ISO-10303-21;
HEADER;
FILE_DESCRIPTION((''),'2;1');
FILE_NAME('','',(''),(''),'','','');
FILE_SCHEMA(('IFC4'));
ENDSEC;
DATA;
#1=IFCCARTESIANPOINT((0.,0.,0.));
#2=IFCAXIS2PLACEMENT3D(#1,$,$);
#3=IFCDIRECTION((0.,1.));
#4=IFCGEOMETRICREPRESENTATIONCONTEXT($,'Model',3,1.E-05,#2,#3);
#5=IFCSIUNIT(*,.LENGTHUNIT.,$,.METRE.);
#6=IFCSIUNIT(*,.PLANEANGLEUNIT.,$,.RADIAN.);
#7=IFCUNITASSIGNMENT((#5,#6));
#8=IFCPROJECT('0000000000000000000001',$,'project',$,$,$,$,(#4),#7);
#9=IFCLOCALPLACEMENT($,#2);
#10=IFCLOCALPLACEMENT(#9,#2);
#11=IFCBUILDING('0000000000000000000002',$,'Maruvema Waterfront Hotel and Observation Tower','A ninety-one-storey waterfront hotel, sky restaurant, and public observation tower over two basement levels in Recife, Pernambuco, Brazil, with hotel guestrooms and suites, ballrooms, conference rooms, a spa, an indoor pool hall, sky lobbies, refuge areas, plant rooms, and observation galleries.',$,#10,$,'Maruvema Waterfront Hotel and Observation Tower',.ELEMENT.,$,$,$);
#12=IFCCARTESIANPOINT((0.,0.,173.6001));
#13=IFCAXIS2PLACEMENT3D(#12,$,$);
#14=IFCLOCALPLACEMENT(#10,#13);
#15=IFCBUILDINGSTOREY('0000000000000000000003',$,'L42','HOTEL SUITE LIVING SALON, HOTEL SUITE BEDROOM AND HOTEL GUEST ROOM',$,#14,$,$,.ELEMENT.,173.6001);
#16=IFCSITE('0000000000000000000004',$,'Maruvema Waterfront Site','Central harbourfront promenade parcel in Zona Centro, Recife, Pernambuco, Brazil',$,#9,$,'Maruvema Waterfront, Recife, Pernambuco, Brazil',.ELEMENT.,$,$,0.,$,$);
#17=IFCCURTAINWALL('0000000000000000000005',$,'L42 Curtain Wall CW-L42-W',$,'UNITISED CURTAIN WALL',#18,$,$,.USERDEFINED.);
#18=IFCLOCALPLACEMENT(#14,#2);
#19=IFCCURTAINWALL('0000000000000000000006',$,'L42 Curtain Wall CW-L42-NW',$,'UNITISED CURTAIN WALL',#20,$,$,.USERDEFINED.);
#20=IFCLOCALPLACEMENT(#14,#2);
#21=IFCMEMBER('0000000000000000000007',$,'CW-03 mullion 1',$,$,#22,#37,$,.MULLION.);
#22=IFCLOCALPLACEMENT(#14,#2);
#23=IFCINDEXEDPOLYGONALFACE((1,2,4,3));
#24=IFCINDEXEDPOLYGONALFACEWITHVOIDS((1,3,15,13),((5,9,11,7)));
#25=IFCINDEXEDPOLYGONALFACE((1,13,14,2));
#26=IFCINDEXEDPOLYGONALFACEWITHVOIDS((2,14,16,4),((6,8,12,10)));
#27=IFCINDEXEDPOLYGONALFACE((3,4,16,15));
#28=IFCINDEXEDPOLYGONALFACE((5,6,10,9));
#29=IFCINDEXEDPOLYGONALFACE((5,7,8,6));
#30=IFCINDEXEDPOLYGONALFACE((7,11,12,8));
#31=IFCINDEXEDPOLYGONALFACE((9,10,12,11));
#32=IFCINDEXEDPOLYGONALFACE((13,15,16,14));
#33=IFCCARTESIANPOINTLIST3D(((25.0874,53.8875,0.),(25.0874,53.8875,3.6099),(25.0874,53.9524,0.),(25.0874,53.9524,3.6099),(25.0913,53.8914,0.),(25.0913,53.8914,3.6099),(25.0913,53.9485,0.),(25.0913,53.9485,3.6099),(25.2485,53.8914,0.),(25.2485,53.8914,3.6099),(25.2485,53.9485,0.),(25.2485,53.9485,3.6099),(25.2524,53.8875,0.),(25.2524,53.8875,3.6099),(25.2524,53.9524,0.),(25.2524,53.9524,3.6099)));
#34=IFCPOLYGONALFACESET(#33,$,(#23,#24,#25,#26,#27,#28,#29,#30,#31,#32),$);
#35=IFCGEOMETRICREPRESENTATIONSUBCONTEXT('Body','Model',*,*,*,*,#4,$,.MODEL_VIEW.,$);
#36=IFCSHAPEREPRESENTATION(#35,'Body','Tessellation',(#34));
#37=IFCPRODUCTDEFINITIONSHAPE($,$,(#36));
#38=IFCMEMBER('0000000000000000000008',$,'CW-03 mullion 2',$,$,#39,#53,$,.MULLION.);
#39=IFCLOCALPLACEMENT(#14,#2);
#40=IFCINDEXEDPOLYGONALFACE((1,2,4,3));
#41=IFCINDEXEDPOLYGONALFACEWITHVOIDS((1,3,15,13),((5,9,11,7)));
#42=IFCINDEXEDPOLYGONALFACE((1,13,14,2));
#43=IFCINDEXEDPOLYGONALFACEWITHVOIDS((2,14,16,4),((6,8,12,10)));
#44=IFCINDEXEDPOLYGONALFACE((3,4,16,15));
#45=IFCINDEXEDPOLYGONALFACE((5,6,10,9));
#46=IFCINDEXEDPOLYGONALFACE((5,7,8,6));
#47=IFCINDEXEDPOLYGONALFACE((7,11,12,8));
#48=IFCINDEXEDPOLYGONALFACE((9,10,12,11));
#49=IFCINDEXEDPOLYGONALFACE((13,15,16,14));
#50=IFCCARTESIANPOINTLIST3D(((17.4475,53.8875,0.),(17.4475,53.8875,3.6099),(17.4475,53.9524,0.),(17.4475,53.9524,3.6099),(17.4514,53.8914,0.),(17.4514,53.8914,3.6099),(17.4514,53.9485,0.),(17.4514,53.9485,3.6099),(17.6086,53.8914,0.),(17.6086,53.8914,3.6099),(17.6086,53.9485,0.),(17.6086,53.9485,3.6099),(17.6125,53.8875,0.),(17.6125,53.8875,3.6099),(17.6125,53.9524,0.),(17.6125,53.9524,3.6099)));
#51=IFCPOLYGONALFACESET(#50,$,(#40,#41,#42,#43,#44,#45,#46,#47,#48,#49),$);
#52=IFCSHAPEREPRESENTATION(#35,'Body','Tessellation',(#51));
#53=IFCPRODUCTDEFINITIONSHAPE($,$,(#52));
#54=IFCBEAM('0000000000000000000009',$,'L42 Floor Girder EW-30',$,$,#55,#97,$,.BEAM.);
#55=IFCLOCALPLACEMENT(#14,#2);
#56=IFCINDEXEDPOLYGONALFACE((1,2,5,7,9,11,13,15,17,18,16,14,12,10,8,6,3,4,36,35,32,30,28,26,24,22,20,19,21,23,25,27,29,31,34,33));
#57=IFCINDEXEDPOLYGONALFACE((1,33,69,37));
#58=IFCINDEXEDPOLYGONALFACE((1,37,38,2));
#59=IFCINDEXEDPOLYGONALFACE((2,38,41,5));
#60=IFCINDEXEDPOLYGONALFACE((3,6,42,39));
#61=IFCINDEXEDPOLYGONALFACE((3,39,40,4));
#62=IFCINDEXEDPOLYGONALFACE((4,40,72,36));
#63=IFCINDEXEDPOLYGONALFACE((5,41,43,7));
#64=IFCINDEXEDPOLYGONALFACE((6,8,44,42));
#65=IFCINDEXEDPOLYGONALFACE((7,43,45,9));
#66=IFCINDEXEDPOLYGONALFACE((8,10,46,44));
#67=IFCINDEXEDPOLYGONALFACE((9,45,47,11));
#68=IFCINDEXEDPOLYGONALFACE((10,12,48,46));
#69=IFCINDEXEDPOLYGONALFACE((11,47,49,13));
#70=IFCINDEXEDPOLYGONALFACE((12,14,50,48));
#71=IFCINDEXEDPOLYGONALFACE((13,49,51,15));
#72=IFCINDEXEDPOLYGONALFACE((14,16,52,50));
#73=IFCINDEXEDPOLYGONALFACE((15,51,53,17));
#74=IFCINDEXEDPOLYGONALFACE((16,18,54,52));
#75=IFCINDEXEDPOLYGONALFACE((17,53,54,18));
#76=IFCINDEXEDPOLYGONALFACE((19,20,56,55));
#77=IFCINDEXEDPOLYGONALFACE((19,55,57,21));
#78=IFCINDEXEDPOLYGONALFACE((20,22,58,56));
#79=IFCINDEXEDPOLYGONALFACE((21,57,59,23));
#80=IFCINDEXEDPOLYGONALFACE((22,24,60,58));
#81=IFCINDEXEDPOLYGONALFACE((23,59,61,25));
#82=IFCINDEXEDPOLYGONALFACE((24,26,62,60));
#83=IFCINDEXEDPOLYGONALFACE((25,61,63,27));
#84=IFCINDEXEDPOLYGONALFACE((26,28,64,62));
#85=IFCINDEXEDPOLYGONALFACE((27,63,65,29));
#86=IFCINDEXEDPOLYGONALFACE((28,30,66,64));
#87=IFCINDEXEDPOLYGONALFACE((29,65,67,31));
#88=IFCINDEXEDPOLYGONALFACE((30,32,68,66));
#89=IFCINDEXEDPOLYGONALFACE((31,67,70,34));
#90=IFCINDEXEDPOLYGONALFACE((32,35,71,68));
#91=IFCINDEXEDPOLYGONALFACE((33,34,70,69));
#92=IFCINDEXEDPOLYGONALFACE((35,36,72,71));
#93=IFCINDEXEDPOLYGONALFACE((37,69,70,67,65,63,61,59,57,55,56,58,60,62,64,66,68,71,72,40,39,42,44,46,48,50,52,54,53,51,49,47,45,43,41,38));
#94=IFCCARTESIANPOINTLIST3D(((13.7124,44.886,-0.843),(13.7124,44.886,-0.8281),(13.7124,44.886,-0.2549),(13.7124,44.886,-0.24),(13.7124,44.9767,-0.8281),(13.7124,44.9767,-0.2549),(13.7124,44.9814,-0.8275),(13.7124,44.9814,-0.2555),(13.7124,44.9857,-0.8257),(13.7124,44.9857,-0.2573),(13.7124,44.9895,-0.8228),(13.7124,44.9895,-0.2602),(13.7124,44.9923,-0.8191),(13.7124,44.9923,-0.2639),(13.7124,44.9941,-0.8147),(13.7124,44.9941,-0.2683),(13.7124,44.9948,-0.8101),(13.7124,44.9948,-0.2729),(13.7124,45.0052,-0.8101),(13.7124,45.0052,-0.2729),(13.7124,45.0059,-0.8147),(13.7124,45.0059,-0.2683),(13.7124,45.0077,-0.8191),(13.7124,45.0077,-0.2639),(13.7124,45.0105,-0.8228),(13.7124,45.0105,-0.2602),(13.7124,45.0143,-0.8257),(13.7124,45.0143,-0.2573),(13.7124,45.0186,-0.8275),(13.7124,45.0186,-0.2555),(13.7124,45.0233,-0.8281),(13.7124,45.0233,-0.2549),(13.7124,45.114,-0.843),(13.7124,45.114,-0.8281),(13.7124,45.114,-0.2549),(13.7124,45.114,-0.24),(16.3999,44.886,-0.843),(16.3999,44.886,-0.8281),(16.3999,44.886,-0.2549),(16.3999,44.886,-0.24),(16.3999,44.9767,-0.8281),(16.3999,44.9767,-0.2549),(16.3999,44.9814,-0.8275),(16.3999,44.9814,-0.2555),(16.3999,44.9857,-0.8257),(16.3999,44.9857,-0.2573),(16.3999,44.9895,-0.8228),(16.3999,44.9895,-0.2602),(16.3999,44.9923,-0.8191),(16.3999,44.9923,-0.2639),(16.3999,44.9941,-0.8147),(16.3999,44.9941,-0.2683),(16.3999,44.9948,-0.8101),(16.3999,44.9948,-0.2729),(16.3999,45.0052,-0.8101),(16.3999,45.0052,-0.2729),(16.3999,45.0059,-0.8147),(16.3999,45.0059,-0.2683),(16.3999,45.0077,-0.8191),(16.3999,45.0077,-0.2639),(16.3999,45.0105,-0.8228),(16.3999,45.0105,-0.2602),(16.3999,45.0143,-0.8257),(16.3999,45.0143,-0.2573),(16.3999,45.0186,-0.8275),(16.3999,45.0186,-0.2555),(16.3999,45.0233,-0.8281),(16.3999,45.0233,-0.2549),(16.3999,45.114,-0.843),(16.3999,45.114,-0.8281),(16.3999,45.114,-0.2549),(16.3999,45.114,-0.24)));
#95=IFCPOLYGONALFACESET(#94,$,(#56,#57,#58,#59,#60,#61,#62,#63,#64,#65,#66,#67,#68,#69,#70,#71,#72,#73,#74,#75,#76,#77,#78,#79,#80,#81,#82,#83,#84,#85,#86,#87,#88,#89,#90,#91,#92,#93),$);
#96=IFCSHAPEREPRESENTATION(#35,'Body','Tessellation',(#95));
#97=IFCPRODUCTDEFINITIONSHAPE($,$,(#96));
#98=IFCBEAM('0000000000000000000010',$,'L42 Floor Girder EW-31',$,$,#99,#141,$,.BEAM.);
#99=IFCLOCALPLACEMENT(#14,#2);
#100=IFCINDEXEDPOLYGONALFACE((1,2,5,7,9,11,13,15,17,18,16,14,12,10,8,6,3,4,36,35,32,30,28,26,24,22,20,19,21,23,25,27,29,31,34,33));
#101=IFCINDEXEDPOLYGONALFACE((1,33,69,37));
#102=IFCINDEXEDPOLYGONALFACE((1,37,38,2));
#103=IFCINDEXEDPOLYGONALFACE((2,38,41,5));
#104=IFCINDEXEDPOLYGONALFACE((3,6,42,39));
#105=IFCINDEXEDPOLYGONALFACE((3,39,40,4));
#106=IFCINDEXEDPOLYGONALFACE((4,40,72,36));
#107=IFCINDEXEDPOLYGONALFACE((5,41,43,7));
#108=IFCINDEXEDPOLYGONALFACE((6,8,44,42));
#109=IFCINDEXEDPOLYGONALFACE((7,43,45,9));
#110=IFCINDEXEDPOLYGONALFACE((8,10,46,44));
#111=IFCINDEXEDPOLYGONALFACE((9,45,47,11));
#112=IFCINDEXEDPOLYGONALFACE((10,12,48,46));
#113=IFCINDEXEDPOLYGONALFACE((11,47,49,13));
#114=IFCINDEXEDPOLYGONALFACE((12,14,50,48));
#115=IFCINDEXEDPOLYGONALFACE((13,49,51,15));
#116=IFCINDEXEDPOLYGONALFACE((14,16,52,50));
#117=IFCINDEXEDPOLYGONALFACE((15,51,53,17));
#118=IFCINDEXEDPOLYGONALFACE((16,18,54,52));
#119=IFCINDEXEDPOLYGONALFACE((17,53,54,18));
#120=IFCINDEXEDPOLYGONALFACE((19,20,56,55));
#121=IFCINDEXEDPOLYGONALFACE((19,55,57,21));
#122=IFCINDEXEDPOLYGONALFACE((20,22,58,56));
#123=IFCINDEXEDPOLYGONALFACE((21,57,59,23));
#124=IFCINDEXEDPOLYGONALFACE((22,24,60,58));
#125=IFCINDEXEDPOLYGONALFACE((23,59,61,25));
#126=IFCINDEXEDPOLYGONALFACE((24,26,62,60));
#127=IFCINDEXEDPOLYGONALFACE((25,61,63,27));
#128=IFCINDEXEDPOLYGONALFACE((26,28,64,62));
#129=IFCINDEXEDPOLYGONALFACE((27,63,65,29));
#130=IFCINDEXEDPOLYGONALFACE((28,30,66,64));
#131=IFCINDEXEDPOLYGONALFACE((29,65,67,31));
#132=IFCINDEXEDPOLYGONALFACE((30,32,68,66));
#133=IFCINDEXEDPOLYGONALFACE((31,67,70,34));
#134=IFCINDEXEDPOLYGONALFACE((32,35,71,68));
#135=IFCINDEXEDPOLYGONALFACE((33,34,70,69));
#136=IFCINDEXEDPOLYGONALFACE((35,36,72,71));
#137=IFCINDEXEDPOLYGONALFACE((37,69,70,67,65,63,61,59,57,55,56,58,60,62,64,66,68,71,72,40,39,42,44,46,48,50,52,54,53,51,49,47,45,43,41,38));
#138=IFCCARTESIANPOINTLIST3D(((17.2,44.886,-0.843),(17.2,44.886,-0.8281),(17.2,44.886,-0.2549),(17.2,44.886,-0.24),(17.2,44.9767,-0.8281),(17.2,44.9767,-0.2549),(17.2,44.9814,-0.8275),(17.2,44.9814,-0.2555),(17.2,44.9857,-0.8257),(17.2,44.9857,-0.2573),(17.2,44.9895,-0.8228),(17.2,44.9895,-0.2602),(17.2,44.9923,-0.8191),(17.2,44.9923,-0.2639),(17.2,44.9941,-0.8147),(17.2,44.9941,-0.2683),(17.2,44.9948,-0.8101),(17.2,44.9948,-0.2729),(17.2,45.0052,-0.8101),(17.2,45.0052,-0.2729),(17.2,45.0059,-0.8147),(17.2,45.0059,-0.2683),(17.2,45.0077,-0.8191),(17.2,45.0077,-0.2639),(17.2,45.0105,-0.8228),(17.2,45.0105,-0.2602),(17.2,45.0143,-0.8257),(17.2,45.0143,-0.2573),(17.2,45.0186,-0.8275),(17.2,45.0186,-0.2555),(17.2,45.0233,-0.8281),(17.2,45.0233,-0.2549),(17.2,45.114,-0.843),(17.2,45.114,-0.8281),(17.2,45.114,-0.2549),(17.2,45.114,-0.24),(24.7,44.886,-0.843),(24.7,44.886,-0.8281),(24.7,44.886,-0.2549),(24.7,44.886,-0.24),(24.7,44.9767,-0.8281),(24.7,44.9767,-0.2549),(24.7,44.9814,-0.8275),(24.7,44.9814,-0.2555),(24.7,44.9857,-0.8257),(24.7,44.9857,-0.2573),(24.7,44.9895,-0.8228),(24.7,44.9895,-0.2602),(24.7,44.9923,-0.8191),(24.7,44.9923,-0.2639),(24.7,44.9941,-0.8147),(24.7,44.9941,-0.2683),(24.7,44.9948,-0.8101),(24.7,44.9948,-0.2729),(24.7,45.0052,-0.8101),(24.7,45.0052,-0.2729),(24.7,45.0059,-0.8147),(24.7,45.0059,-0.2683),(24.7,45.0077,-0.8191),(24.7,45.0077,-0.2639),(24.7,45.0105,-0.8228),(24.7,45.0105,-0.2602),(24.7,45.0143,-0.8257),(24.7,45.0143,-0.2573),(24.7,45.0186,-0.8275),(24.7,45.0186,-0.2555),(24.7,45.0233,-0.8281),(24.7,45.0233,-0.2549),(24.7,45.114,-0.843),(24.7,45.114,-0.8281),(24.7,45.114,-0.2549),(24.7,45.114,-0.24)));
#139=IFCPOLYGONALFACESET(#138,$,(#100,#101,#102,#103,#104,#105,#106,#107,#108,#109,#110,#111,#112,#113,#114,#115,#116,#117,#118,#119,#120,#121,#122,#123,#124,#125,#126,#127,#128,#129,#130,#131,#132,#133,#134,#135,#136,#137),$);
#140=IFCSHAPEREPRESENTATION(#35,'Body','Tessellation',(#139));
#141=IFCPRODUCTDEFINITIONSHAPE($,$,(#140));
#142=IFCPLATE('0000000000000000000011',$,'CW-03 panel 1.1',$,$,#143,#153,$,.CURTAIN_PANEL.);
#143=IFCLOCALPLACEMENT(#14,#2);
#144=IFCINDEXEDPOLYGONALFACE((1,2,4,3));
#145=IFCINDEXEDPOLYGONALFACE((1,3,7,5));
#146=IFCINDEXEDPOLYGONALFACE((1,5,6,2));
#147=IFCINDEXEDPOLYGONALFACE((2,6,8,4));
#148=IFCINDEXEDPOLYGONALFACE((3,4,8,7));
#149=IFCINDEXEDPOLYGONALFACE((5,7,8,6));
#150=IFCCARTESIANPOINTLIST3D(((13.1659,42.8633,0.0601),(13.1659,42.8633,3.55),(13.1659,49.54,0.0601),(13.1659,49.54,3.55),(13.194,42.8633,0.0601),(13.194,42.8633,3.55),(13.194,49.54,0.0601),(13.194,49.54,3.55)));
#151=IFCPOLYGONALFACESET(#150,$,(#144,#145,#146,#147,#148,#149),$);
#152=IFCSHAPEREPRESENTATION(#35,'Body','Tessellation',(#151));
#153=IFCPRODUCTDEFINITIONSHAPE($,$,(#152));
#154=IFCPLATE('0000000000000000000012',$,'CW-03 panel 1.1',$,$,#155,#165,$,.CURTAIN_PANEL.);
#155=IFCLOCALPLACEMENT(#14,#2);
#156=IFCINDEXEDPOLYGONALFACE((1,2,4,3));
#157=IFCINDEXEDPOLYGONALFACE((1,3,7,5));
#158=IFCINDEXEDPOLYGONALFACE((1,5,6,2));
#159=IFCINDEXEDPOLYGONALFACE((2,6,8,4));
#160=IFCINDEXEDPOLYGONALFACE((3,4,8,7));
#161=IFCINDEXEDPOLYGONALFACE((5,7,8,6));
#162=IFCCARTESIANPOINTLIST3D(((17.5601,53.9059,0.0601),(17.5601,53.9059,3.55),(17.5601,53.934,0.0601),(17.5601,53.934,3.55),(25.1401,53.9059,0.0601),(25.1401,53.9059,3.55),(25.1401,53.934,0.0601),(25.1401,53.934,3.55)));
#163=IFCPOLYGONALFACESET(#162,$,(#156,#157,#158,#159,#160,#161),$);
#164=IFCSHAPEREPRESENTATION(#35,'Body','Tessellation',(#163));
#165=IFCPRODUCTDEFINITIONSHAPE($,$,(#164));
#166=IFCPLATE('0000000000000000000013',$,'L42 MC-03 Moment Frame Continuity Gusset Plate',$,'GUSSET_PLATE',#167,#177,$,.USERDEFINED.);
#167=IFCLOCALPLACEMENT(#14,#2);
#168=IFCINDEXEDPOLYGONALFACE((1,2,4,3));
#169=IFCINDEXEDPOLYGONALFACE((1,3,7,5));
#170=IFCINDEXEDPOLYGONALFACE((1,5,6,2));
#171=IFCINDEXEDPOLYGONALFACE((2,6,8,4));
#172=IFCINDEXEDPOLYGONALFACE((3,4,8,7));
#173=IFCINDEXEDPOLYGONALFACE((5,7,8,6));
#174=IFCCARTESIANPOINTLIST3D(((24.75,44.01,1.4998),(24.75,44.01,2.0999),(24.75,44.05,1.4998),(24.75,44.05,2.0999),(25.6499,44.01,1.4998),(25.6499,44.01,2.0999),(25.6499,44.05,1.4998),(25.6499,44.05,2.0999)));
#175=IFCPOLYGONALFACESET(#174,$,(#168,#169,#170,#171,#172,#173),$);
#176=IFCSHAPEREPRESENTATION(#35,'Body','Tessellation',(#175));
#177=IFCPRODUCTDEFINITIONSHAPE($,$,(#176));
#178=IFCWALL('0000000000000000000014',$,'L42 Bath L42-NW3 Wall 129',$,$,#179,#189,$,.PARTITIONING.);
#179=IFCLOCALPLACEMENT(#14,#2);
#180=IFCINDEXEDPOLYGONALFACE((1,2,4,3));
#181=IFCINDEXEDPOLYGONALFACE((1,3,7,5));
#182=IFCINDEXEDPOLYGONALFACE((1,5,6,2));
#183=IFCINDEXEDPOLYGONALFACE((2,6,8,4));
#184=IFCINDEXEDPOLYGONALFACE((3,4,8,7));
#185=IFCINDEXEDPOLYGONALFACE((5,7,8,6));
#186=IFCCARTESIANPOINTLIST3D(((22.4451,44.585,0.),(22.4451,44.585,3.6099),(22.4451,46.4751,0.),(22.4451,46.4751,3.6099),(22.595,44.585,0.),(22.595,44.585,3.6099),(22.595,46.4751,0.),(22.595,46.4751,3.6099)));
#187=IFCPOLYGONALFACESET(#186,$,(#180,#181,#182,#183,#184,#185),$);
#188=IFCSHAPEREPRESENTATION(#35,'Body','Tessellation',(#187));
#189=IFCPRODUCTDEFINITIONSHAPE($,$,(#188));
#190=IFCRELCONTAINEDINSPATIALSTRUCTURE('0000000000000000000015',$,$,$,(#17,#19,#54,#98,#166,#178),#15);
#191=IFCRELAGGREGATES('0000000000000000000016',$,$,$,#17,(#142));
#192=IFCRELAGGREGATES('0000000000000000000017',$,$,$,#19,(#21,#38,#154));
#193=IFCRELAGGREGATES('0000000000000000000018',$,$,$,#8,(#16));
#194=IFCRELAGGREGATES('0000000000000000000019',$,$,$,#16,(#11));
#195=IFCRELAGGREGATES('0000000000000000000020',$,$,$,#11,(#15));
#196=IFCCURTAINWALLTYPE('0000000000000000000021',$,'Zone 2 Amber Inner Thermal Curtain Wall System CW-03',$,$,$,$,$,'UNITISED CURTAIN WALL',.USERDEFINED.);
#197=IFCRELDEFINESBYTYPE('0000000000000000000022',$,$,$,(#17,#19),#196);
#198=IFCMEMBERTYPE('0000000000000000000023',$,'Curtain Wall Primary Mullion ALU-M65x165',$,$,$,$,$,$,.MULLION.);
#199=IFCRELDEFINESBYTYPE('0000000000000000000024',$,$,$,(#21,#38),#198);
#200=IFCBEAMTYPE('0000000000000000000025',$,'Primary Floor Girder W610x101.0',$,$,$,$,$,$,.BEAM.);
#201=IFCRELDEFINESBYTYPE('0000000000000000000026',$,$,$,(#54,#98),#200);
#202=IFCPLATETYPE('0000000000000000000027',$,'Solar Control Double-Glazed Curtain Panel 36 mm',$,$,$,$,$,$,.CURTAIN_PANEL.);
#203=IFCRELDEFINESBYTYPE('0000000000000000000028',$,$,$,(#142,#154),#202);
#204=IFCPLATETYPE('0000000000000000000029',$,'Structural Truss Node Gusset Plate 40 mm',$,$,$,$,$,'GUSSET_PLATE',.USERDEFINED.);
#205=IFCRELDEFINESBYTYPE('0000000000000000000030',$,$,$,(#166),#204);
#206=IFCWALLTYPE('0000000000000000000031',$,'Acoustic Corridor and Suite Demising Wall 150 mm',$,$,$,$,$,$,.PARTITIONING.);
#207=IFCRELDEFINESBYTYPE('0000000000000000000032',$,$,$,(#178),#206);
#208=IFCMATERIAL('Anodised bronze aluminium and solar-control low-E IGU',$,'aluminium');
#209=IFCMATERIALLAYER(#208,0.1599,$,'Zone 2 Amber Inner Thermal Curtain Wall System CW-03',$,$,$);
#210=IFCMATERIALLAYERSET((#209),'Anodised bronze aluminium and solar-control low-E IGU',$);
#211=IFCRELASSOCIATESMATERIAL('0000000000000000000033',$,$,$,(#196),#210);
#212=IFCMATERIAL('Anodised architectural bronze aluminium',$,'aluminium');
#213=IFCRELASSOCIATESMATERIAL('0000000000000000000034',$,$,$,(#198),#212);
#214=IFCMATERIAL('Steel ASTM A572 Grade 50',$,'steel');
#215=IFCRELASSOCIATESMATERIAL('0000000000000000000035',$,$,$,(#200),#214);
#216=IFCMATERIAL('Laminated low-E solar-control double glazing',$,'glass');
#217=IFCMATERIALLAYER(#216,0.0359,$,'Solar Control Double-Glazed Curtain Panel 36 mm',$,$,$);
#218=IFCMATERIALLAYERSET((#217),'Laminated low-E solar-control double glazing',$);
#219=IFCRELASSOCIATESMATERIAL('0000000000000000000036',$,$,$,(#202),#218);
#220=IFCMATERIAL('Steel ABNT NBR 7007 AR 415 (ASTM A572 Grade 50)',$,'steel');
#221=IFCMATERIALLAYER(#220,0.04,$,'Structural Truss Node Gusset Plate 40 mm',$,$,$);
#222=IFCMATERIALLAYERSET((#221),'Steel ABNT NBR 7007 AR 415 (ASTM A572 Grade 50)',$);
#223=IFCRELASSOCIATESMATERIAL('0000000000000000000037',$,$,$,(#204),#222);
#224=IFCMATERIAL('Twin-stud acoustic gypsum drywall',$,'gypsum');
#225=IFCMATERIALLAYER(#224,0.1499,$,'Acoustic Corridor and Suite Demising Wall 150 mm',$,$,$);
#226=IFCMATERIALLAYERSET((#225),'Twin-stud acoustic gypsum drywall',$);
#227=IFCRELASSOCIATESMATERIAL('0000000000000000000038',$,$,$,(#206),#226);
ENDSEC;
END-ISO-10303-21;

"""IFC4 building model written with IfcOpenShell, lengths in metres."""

from ifc_helpers import new_model, si_unit, direction, frame, frame_2d, origin, origin_2d, place, context, subcontext, project, spatial, rectangle, hollow_rectangle, i_section, extrude, material, layer, layer_set, material_profile, profile_set, type_object, element, aggregate, save


model = new_model("IFC4")

# Units and contexts
model_context = context("Model", 3, precision=1e-05, world=origin(), true_north=direction((0.0, 1.0)))
body_context = subcontext(model_context, "Body", "Model", "MODEL_VIEW")
ifc_project = project(units=[si_unit("LENGTHUNIT", "METRE"), si_unit("PLANEANGLEUNIT", "RADIAN")], contexts=[model_context])

# Site, building, storey
site_placement = place(None, origin())
site = spatial("IfcSite", under=ifc_project, at=site_placement, Name="Maruvema Waterfront Site", Description="Central harbourfront promenade parcel in Zona Centro, Recife, Pernambuco, Brazil", LongName="Maruvema Waterfront, Recife, Pernambuco, Brazil", CompositionType="ELEMENT", RefElevation=0.0)
building_placement = place(site_placement, origin())
building = spatial("IfcBuilding", under=site, at=building_placement, Name="Maruvema Waterfront Hotel and Observation Tower", Description="A ninety-one-storey waterfront hotel, sky restaurant, and public observation tower over two basement levels in Recife, Pernambuco, Brazil, with hotel guestrooms and suites, ballrooms, conference rooms, a spa, an indoor pool hall, sky lobbies, refuge areas, plant rooms, and observation galleries.", LongName="Maruvema Waterfront Hotel and Observation Tower", CompositionType="ELEMENT")
storey_placement = place(building_placement, frame((0.0, 0.0, 173.6001)))
storey = spatial("IfcBuildingStorey", under=building, at=storey_placement, Name="L42", Description="HOTEL SUITE LIVING SALON, HOTEL SUITE BEDROOM AND HOTEL GUEST ROOM", CompositionType="ELEMENT", Elevation=173.6001)

# Curtain walls
ifc_material_1 = material(Name="Anodised bronze aluminium and solar-control low-E IGU", Category="aluminium")
ifc_layer_1 = layer(ifc_material_1, 0.1599, Name="Zone 2 Amber Inner Thermal Curtain Wall System CW-03")
ifc_layer_set_1 = layer_set([ifc_layer_1], Name="Anodised bronze aluminium and solar-control low-E IGU")
curtain_wall_type = type_object("IfcCurtainWallType", Name="Zone 2 Amber Inner Thermal Curtain Wall System CW-03", ElementType="UNITISED CURTAIN WALL", PredefinedType="USERDEFINED", material=ifc_layer_set_1)
curtain_wall_1_placement = place(storey_placement, origin())
curtain_wall_1 = element("IfcCurtainWall", 1, at=curtain_wall_1_placement, inside=storey, type_object=curtain_wall_type, Name="L42 Curtain Wall CW-L42-W", ObjectType="UNITISED CURTAIN WALL", PredefinedType="USERDEFINED")
curtain_wall_2_placement = place(storey_placement, origin())
curtain_wall_2 = element("IfcCurtainWall", 2, at=curtain_wall_2_placement, inside=storey, type_object=curtain_wall_type, Name="L42 Curtain Wall CW-L42-NW", ObjectType="UNITISED CURTAIN WALL", PredefinedType="USERDEFINED")

# Members
ifc_material_2 = material(Name="Anodised architectural bronze aluminium", Category="aluminium")
ifc_material_profile_1 = material_profile(ifc_material_2, hollow_rectangle(XDim=0.0649, YDim=0.165, WallThickness=0.0039, at=origin_2d()), Name="ALU-M65x165")
ifc_profile_set_1 = profile_set([ifc_material_profile_1], Name="Anodised architectural bronze aluminium")
member_type_1 = type_object("IfcMemberType", Name="Curtain Wall Primary Mullion ALU-M65x165", PredefinedType="MULLION", material=ifc_profile_set_1)
member_1_placement = place(storey_placement, frame((25.1699, 53.9199, 0.0), z_axis=(0.0, 0.0, 1.0), x_axis=(0.0, -1.0, 0.0)))
member_1 = element("IfcMember", 3, at=member_1_placement, type_object=member_type_1, Name="CW-03 mullion 1", PredefinedType="MULLION", context=body_context, shape_type="SweptSolid", body=[
    extrude(hollow_rectangle(XDim=0.0649, YDim=0.165, WallThickness=0.0039, at=origin_2d()), origin(), (0.0, 0.0, 1.0), 3.6099),
])
member_2_placement = place(storey_placement, frame((17.53, 53.9199, 0.0), z_axis=(0.0, 0.0, 1.0), x_axis=(0.0, -1.0, 0.0)))
member_2 = element("IfcMember", 4, at=member_2_placement, type_object=member_type_1, Name="CW-03 mullion 2", PredefinedType="MULLION", context=body_context, shape_type="SweptSolid", body=[
    extrude(hollow_rectangle(XDim=0.0649, YDim=0.165, WallThickness=0.0039, at=origin_2d()), origin(), (0.0, 0.0, 1.0), 3.6099),
])

# Beams
ifc_material_3 = material(Name="Steel ASTM A572 Grade 50", Category="steel")
ifc_material_profile_2 = material_profile(ifc_material_3, i_section(OverallWidth=0.228, OverallDepth=0.603, WebThickness=0.0105, FlangeThickness=0.0149, FilletRadius=0.0181, at=origin_2d()), Name="W610x101.0")
ifc_profile_set_2 = profile_set([ifc_material_profile_2], Name="Steel ASTM A572 Grade 50")
beam_type = type_object("IfcBeamType", Name="Primary Floor Girder W610x101.0", PredefinedType="BEAM", material=ifc_profile_set_2)
beam_1_placement = place(storey_placement, frame((13.7124, 45.0, -0.5415), z_axis=(1.0, 0.0, 0.0), x_axis=(0.0, 1.0, 0.0)))
element("IfcBeam", 5, at=beam_1_placement, inside=storey, type_object=beam_type, Name="L42 Floor Girder EW-30", PredefinedType="BEAM", context=body_context, shape_type="SweptSolid", body=[
    extrude(i_section(OverallWidth=0.228, OverallDepth=0.603, WebThickness=0.0105, FlangeThickness=0.0149, FilletRadius=0.0181, at=origin_2d()), origin(), (0.0, 0.0, 1.0), 2.6875),
])
beam_2_placement = place(storey_placement, frame((17.2, 45.0, -0.5415), z_axis=(1.0, 0.0, 0.0), x_axis=(0.0, 1.0, 0.0)))
element("IfcBeam", 6, at=beam_2_placement, inside=storey, type_object=beam_type, Name="L42 Floor Girder EW-31", PredefinedType="BEAM", context=body_context, shape_type="SweptSolid", body=[
    extrude(i_section(OverallWidth=0.228, OverallDepth=0.603, WebThickness=0.0105, FlangeThickness=0.0149, FilletRadius=0.0181, at=origin_2d()), origin(), (0.0, 0.0, 1.0), 7.5),
])

# Plates
ifc_material_4 = material(Name="Laminated low-E solar-control double glazing", Category="glass")
ifc_layer_2 = layer(ifc_material_4, 0.0359, Name="Solar Control Double-Glazed Curtain Panel 36 mm")
ifc_layer_set_2 = layer_set([ifc_layer_2], Name="Laminated low-E solar-control double glazing")
plate_type_1 = type_object("IfcPlateType", Name="Solar Control Double-Glazed Curtain Panel 36 mm", PredefinedType="CURTAIN_PANEL", material=ifc_layer_set_2)
plate_1_placement = place(storey_placement, frame((13.1799, 46.2017, 0.0601), z_axis=(0.0, 0.0, 1.0), x_axis=(0.0, -1.0, 0.0)))
plate_1 = element("IfcPlate", 7, at=plate_1_placement, type_object=plate_type_1, Name="CW-03 panel 1.1", PredefinedType="CURTAIN_PANEL", context=body_context, shape_type="SweptSolid", body=[
    extrude(rectangle(XDim=6.6768, YDim=0.0281, at=origin_2d()), origin(), (0.0, 0.0, 1.0), 3.49),
])
aggregate(curtain_wall_1, [plate_1])
plate_2_placement = place(storey_placement, frame((21.3501, 53.9199, 0.0601), z_axis=(0.0, 0.0, 1.0), x_axis=(-1.0, 0.0, 0.0)))
plate_2 = element("IfcPlate", 8, at=plate_2_placement, type_object=plate_type_1, Name="CW-03 panel 1.1", PredefinedType="CURTAIN_PANEL", context=body_context, shape_type="SweptSolid", body=[
    extrude(rectangle(XDim=7.5801, YDim=0.0281, at=origin_2d()), origin(), (0.0, 0.0, 1.0), 3.49),
])
aggregate(curtain_wall_2, [member_1, member_2, plate_2])
ifc_material_5 = material(Name="Steel ABNT NBR 7007 AR 415 (ASTM A572 Grade 50)", Category="steel")
ifc_layer_3 = layer(ifc_material_5, 0.04, Name="Structural Truss Node Gusset Plate 40 mm")
ifc_layer_set_3 = layer_set([ifc_layer_3], Name="Steel ABNT NBR 7007 AR 415 (ASTM A572 Grade 50)")
plate_type_2 = type_object("IfcPlateType", Name="Structural Truss Node Gusset Plate 40 mm", ElementType="GUSSET_PLATE", PredefinedType="USERDEFINED", material=ifc_layer_set_3)
plate_3_placement = place(storey_placement, frame((25.2, 44.03, 1.4998), z_axis=(0.0, 0.0, 1.0), x_axis=(1.0, 0.0, 0.0)))
element("IfcPlate", 9, at=plate_3_placement, inside=storey, type_object=plate_type_2, Name="L42 MC-03 Moment Frame Continuity Gusset Plate", ObjectType="GUSSET_PLATE", PredefinedType="USERDEFINED", context=body_context, shape_type="SweptSolid", body=[
    extrude(rectangle(XDim=0.8999, YDim=0.04, at=origin_2d()), origin(), (0.0, 0.0, 1.0), 0.6001),
])

# Wall
ifc_material_6 = material(Name="Twin-stud acoustic gypsum drywall", Category="gypsum")
ifc_layer_4 = layer(ifc_material_6, 0.1499, Name="Acoustic Corridor and Suite Demising Wall 150 mm")
ifc_layer_set_4 = layer_set([ifc_layer_4], Name="Twin-stud acoustic gypsum drywall")
wall_type_1 = type_object("IfcWallType", Name="Acoustic Corridor and Suite Demising Wall 150 mm", PredefinedType="PARTITIONING", material=ifc_layer_set_4)
wall_1_placement = place(storey_placement, frame((22.52, 44.585, 0.0), z_axis=(0.0, 0.0, 1.0), x_axis=(0.0, 1.0, 0.0)))
element("IfcWall", 10, at=wall_1_placement, inside=storey, type_object=wall_type_1, Name="L42 Bath L42-NW3 Wall 129", PredefinedType="PARTITIONING", context=body_context, shape_type="SweptSolid", body=[
    extrude(rectangle(XDim=1.8901, YDim=0.1499, at=frame_2d((0.9451, 0.0))), origin(), (0.0, 0.0, 1.0), 3.6099),
])

save(model, "model.ifc")
